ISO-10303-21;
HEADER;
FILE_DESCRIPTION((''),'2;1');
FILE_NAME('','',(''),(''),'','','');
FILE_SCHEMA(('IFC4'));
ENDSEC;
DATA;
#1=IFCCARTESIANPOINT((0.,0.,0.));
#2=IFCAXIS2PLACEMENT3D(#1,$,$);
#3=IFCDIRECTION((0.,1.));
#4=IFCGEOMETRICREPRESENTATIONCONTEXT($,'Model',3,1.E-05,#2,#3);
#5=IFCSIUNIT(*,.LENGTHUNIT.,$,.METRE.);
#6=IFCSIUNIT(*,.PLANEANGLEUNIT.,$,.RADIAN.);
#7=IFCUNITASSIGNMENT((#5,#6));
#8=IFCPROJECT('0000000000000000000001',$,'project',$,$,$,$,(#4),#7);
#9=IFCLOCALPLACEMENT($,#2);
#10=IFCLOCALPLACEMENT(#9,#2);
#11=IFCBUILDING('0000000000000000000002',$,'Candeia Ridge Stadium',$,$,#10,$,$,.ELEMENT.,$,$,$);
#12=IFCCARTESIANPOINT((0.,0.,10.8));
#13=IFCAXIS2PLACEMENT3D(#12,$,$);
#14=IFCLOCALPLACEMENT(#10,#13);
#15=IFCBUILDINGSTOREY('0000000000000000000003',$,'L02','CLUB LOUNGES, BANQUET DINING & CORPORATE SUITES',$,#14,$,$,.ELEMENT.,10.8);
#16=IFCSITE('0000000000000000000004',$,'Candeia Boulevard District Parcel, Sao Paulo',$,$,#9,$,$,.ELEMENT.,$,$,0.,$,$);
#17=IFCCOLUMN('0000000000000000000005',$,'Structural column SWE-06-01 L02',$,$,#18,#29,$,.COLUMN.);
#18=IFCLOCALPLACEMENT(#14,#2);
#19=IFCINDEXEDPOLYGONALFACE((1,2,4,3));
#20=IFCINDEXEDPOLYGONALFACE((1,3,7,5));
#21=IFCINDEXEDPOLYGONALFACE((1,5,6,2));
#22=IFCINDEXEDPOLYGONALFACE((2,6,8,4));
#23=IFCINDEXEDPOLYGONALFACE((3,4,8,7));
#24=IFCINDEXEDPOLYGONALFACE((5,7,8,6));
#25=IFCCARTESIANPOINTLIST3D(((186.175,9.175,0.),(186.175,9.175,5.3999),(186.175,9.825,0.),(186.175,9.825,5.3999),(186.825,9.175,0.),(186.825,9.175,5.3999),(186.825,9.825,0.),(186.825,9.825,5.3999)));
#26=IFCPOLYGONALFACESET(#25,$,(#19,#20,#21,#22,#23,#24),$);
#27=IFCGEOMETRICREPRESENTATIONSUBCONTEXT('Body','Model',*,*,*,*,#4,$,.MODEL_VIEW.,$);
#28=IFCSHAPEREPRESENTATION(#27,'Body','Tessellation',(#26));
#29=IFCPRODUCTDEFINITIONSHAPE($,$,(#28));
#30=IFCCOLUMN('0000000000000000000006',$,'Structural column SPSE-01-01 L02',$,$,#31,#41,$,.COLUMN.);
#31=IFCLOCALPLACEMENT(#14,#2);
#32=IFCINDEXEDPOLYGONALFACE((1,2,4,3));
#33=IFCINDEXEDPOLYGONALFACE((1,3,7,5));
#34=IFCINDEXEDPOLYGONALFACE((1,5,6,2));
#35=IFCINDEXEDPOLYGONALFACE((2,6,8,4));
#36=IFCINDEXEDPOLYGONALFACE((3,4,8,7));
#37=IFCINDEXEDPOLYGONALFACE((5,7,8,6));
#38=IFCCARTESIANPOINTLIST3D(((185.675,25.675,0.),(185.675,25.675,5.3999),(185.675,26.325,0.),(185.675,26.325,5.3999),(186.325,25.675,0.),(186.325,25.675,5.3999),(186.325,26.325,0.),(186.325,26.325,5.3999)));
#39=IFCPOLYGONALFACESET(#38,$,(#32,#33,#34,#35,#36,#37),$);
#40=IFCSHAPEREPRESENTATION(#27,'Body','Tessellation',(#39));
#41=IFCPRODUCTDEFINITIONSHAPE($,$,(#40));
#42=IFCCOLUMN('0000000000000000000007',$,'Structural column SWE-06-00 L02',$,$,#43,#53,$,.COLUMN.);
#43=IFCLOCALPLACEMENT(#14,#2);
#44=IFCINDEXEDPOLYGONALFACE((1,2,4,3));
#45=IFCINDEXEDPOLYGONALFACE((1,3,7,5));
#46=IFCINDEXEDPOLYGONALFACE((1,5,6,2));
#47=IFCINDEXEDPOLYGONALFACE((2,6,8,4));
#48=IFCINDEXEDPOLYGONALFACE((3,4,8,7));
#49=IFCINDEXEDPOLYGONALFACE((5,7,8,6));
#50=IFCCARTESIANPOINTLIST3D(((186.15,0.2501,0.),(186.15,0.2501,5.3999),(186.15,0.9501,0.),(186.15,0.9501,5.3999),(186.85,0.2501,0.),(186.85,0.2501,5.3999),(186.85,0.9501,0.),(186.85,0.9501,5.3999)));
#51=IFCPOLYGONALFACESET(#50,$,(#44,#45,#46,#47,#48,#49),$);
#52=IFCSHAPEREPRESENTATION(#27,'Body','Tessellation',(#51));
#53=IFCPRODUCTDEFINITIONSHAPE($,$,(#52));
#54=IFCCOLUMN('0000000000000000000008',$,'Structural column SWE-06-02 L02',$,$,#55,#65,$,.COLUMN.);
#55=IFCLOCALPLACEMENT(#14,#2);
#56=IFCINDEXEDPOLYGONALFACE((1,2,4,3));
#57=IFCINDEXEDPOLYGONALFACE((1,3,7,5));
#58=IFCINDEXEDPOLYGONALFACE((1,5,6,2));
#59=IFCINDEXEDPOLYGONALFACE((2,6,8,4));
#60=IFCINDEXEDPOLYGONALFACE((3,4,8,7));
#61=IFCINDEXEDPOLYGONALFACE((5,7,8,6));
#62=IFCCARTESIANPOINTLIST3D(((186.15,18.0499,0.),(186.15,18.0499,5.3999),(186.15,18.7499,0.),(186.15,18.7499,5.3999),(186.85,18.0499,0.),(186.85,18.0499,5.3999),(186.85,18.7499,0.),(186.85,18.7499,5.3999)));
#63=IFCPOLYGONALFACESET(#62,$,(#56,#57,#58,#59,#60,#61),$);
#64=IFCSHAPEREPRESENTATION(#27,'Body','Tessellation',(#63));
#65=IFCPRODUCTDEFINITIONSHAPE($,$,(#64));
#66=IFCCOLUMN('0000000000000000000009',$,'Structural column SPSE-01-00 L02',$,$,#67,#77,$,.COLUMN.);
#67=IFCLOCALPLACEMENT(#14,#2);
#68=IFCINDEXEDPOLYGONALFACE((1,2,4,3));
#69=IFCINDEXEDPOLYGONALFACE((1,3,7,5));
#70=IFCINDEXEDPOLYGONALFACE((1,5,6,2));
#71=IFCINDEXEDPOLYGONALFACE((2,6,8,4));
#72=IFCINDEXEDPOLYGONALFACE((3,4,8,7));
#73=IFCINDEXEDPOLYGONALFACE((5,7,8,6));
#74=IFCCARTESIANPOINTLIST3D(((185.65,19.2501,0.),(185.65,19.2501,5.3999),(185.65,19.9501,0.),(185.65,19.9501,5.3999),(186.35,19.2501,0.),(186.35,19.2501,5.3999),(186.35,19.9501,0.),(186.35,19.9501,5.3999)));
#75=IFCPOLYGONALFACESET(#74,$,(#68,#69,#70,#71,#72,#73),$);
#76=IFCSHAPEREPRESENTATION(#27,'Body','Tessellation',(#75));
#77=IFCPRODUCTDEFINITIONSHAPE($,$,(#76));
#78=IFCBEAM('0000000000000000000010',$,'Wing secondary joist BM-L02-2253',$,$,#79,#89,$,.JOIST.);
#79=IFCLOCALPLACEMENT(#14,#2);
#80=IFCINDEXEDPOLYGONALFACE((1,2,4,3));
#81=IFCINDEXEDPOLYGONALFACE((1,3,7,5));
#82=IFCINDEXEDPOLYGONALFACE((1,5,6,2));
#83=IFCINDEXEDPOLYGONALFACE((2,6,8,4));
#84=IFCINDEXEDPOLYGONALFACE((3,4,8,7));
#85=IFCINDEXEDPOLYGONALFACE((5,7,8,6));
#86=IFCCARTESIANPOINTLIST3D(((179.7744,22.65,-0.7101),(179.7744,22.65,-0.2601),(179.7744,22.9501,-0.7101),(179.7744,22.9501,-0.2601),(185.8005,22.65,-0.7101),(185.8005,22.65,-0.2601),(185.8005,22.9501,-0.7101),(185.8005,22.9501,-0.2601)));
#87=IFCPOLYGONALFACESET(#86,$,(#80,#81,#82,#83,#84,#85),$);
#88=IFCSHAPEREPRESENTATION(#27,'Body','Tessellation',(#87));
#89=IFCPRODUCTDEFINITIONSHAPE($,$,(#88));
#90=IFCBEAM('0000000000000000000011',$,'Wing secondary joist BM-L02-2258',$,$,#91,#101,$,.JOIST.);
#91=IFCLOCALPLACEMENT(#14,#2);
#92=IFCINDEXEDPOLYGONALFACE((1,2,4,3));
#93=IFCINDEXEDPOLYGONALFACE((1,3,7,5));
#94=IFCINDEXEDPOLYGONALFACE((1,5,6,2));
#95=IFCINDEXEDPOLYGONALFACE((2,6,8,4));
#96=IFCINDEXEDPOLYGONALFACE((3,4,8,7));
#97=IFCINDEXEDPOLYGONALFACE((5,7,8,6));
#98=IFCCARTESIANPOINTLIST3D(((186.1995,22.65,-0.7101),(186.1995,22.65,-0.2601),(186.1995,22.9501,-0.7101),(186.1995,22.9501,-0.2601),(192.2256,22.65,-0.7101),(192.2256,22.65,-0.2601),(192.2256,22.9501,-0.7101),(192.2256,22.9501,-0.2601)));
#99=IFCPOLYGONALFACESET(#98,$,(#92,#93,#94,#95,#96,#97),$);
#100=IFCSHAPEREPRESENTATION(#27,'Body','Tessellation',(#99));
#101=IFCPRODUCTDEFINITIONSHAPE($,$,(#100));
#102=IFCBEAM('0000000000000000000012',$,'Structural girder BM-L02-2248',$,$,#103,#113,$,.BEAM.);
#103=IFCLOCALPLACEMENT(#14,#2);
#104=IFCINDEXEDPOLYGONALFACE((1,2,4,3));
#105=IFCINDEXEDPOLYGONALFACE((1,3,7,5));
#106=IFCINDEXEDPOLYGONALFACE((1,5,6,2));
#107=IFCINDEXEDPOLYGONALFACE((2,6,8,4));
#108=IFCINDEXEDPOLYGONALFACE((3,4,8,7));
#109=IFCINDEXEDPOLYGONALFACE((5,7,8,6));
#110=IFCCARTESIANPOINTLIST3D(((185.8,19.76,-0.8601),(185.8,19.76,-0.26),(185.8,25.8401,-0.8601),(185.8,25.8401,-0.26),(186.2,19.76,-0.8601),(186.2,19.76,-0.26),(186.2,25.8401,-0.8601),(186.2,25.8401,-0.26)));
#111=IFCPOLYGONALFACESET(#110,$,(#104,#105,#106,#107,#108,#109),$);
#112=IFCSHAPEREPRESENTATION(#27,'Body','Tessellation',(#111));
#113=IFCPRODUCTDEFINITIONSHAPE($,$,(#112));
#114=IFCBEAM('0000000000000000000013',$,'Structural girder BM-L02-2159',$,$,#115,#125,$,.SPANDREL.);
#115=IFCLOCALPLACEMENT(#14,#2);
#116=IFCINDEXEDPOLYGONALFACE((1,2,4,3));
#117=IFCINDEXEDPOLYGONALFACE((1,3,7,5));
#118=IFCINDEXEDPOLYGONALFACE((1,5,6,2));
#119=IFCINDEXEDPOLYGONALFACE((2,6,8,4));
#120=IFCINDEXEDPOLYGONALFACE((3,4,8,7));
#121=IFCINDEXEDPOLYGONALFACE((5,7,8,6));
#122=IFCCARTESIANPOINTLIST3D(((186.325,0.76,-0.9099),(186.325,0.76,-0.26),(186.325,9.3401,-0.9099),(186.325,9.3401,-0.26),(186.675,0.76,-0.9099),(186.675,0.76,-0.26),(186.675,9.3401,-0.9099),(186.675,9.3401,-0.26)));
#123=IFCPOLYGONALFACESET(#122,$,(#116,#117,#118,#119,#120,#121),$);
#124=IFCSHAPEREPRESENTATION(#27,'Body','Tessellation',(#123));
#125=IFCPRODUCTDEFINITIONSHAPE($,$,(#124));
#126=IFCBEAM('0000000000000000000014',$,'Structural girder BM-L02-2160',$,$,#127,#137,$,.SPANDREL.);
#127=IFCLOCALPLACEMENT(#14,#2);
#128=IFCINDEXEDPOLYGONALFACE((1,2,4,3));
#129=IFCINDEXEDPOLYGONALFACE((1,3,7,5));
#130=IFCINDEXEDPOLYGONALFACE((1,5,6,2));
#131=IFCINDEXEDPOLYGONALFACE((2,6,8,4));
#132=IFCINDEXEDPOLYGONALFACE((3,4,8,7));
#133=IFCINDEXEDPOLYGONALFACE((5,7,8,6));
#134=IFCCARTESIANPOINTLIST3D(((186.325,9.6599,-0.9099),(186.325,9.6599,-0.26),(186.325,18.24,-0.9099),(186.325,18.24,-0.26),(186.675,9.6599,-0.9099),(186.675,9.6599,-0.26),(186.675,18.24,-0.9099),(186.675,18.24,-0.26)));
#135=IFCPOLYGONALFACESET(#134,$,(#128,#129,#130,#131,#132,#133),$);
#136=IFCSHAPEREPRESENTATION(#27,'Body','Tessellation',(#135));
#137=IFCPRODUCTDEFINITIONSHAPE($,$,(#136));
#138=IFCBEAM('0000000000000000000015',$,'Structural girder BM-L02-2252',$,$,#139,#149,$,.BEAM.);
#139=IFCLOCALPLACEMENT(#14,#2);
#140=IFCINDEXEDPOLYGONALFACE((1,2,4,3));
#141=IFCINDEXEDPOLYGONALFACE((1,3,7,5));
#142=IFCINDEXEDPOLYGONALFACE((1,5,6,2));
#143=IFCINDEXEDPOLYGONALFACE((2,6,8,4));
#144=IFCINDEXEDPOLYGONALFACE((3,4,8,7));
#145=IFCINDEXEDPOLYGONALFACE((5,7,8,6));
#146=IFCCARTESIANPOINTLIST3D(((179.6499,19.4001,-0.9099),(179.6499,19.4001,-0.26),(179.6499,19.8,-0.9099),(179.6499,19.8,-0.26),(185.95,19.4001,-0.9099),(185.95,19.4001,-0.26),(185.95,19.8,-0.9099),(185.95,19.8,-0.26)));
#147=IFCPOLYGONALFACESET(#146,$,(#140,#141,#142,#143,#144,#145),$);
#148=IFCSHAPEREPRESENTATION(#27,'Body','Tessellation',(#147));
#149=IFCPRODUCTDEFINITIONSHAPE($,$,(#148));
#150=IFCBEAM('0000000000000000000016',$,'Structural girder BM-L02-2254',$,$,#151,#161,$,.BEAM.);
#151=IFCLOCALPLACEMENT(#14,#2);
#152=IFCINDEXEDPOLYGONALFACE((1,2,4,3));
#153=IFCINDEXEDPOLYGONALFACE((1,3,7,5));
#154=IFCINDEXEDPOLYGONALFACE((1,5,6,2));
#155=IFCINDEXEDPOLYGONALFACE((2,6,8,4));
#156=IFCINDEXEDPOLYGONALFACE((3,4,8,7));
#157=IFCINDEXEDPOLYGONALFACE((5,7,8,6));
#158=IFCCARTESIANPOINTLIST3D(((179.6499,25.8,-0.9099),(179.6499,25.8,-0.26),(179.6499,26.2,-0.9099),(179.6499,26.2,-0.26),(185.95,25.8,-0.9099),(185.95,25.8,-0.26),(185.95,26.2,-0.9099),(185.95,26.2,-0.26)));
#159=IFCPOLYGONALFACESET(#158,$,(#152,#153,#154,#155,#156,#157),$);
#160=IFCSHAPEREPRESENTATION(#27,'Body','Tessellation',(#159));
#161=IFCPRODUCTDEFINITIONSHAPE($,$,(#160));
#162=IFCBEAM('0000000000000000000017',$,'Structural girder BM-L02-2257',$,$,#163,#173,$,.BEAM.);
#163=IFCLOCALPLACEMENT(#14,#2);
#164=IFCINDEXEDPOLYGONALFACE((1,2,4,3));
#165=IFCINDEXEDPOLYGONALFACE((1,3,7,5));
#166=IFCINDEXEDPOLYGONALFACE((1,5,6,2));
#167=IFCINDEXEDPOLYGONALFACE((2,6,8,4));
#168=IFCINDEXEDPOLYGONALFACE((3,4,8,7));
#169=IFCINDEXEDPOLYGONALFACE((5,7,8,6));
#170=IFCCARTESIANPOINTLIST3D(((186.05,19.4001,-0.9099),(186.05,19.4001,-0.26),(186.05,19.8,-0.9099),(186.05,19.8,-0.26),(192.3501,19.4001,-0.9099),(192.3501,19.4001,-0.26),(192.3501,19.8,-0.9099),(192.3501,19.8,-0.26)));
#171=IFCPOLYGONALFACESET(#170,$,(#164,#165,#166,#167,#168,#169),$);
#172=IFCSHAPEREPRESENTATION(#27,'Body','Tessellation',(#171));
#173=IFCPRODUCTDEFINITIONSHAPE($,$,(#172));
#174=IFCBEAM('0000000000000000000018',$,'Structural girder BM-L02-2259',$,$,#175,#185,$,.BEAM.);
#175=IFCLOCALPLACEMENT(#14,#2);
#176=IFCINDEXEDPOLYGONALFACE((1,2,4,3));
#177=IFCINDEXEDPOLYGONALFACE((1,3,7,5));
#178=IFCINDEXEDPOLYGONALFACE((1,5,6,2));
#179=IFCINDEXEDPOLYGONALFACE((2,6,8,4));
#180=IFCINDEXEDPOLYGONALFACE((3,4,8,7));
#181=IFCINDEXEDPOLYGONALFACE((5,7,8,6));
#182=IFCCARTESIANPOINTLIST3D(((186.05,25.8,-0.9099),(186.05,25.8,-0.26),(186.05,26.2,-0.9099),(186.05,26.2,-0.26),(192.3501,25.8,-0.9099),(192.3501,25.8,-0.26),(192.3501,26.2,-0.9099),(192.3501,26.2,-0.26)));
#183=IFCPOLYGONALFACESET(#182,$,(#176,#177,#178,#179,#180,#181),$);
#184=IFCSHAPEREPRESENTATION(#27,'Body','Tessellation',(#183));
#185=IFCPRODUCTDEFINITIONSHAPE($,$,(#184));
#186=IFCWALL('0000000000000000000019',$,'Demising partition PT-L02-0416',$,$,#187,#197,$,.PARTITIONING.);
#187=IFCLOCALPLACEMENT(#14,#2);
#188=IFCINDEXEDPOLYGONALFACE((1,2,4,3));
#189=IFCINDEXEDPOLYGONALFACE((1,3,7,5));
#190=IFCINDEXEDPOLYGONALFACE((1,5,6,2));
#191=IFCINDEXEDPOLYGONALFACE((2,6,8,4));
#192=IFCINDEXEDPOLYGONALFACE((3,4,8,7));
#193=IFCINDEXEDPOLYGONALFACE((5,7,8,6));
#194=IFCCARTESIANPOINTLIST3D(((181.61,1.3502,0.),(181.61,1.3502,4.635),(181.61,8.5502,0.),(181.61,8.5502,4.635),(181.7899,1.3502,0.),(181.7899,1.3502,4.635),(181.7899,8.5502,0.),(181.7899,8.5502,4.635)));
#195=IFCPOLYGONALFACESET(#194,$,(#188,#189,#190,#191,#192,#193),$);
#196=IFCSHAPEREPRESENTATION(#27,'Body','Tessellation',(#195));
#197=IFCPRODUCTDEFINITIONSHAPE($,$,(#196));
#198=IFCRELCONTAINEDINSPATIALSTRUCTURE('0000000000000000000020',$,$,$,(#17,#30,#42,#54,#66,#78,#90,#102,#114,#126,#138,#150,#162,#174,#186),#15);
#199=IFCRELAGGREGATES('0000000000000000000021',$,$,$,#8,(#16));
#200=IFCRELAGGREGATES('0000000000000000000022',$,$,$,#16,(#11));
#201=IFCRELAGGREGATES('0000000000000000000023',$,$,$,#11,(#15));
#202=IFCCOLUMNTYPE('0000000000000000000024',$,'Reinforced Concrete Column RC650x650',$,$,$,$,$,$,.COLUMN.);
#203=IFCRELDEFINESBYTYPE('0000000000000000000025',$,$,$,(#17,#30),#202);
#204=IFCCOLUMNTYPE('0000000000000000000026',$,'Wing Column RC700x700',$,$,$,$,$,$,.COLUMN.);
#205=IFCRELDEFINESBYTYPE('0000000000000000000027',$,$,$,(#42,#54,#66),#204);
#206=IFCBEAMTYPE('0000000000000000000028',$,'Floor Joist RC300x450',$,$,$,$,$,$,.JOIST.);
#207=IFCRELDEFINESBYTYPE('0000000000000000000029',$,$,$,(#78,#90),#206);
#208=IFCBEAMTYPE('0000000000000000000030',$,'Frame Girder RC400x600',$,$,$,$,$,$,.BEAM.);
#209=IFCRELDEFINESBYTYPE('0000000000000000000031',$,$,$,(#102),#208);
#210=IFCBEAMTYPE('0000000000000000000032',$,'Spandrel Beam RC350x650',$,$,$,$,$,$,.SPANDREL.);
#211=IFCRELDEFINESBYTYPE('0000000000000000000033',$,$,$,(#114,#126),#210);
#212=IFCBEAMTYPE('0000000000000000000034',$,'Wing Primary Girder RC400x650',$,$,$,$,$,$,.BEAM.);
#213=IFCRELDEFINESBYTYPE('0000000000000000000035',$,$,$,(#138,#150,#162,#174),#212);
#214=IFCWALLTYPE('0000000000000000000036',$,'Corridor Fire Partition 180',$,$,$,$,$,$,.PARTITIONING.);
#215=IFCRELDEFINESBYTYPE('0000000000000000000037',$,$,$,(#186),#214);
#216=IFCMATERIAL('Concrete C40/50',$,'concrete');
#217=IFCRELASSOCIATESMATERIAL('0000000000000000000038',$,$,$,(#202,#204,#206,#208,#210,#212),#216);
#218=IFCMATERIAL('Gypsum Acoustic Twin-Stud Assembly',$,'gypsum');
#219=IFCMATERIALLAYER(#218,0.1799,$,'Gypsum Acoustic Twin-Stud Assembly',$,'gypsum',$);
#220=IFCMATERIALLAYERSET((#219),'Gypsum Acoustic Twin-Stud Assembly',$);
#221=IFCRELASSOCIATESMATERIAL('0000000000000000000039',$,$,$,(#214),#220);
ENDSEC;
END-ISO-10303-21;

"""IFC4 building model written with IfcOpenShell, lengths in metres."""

from ifc_helpers import new_model, si_unit, direction, frame, frame_2d, origin, origin_2d, place, context, subcontext, project, spatial, rectangle, extrude, material, layer, layer_set, material_profile, profile_set, type_object, element, save


model = new_model("IFC4")

# Units and contexts
model_context = context("Model", 3, precision=1e-05, world=origin(), true_north=direction((0.0, 1.0)))
body_context = subcontext(model_context, "Body", "Model", "MODEL_VIEW")
ifc_project = project(units=[si_unit("LENGTHUNIT", "METRE"), si_unit("PLANEANGLEUNIT", "RADIAN")], contexts=[model_context])

# Site, building, storey
site_placement = place(None, origin())
site = spatial("IfcSite", under=ifc_project, at=site_placement, Name="Candeia Boulevard District Parcel, Sao Paulo", CompositionType="ELEMENT", RefElevation=0.0)
building_placement = place(site_placement, origin())
building = spatial("IfcBuilding", under=site, at=building_placement, Name="Candeia Ridge Stadium", CompositionType="ELEMENT")
storey_placement = place(building_placement, frame((0.0, 0.0, 10.8)))
storey = spatial("IfcBuildingStorey", under=building, at=storey_placement, Name="L02", Description="CLUB LOUNGES, BANQUET DINING & CORPORATE SUITES", CompositionType="ELEMENT", Elevation=10.8)

# Columns
ifc_material_1 = material(Name="Concrete C40/50", Category="concrete")
ifc_material_profile_1 = material_profile(ifc_material_1, rectangle(XDim=0.6499, YDim=0.6499, at=origin_2d()), Name="RC650x650", Category="concrete")
ifc_profile_set_1 = profile_set([ifc_material_profile_1], Name="Concrete C40/50")
column_type_1 = type_object("IfcColumnType", Name="Reinforced Concrete Column RC650x650", PredefinedType="COLUMN", material=ifc_profile_set_1)
for number, where, z_axis, x_axis, name in (
    (1, (186.5, 9.5, 0.0), (0.0, 0.0, 1.0), (1.0, 0.0, 0.0), "Structural column SWE-06-01 L02"),
    (2, (186.0, 26.0, 0.0), (0.0, 0.0, 1.0), (1.0, 0.0, 0.0), "Structural column SPSE-01-01 L02"),
):
    element("IfcColumn", number, at=place(storey_placement, frame(where, z_axis=z_axis, x_axis=x_axis)), inside=storey, type_object=column_type_1, Name=name, PredefinedType="COLUMN", context=body_context, shape_type="SweptSolid", body=[
        extrude(rectangle(XDim=0.6499, YDim=0.6499, at=origin_2d()), origin(), (0.0, 0.0, 1.0), 5.3999),
    ])
ifc_material_profile_2 = material_profile(ifc_material_1, rectangle(XDim=0.7, YDim=0.7, at=origin_2d()), Name="RC700x700", Category="concrete")
ifc_profile_set_2 = profile_set([ifc_material_profile_2], Name="Concrete C40/50")
column_type_2 = type_object("IfcColumnType", Name="Wing Column RC700x700", PredefinedType="COLUMN", material=ifc_profile_set_2)
for number, where, z_axis, x_axis, name in (
    (3, (186.5, 0.6001, 0.0), (0.0, 0.0, 1.0), (1.0, 0.0, 0.0), "Structural column SWE-06-00 L02"),
    (4, (186.5, 18.3999, 0.0), (0.0, 0.0, 1.0), (1.0, 0.0, 0.0), "Structural column SWE-06-02 L02"),
    (5, (186.0, 19.6001, 0.0), (0.0, 0.0, 1.0), (1.0, 0.0, 0.0), "Structural column SPSE-01-00 L02"),
):
    element("IfcColumn", number, at=place(storey_placement, frame(where, z_axis=z_axis, x_axis=x_axis)), inside=storey, type_object=column_type_2, Name=name, PredefinedType="COLUMN", context=body_context, shape_type="SweptSolid", body=[
        extrude(rectangle(XDim=0.7, YDim=0.7, at=origin_2d()), origin(), (0.0, 0.0, 1.0), 5.3999),
    ])

# Beams
ifc_material_profile_3 = material_profile(ifc_material_1, rectangle(XDim=0.3, YDim=0.45, at=origin_2d()), Name="RC300x450", Category="concrete")
ifc_profile_set_3 = profile_set([ifc_material_profile_3], Name="Concrete C40/50")
beam_type_1 = type_object("IfcBeamType", Name="Floor Joist RC300x450", PredefinedType="JOIST", material=ifc_profile_set_3)
for number, where, z_axis, x_axis, name in (
    (6, (179.7744, 22.8, -0.4851), (1.0, 0.0, 0.0), (0.0, 1.0, 0.0), "Wing secondary joist BM-L02-2253"),
    (7, (186.1995, 22.8, -0.4851), (1.0, 0.0, 0.0), (0.0, 1.0, 0.0), "Wing secondary joist BM-L02-2258"),
):
    element("IfcBeam", number, at=place(storey_placement, frame(where, z_axis=z_axis, x_axis=x_axis)), inside=storey, type_object=beam_type_1, Name=name, PredefinedType="JOIST", context=body_context, shape_type="SweptSolid", body=[
        extrude(rectangle(XDim=0.3, YDim=0.45, at=origin_2d()), origin(), (0.0, 0.0, 1.0), 6.0261),
    ])
ifc_material_profile_4 = material_profile(ifc_material_1, rectangle(XDim=0.3999, YDim=0.6001, at=origin_2d()), Name="RC400x600", Category="concrete")
ifc_profile_set_4 = profile_set([ifc_material_profile_4], Name="Concrete C40/50")
beam_type_2 = type_object("IfcBeamType", Name="Frame Girder RC400x600", PredefinedType="BEAM", material=ifc_profile_set_4)
beam_placement = place(storey_placement, frame((186.0, 19.76, -0.5601), z_axis=(0.0, 1.0, 0.0), x_axis=(-1.0, 0.0, 0.0)))
element("IfcBeam", 8, at=beam_placement, inside=storey, type_object=beam_type_2, Name="Structural girder BM-L02-2248", PredefinedType="BEAM", context=body_context, shape_type="SweptSolid", body=[
    extrude(rectangle(XDim=0.3999, YDim=0.6001, at=origin_2d()), origin(), (0.0, 0.0, 1.0), 6.0801),
])
ifc_material_profile_5 = material_profile(ifc_material_1, rectangle(XDim=0.3501, YDim=0.6499, at=origin_2d()), Name="RC350x650", Category="concrete")
ifc_profile_set_5 = profile_set([ifc_material_profile_5], Name="Concrete C40/50")
beam_type_3 = type_object("IfcBeamType", Name="Spandrel Beam RC350x650", PredefinedType="SPANDREL", material=ifc_profile_set_5)
for number, where, z_axis, x_axis, name in (
    (9, (186.5, 0.76, -0.585), (0.0, 1.0, 0.0), (-1.0, 0.0, 0.0), "Structural girder BM-L02-2159"),
    (10, (186.5, 9.6599, -0.585), (0.0, 1.0, 0.0), (-1.0, 0.0, 0.0), "Structural girder BM-L02-2160"),
):
    element("IfcBeam", number, at=place(storey_placement, frame(where, z_axis=z_axis, x_axis=x_axis)), inside=storey, type_object=beam_type_3, Name=name, PredefinedType="SPANDREL", context=body_context, shape_type="SweptSolid", body=[
        extrude(rectangle(XDim=0.3501, YDim=0.6499, at=origin_2d()), origin(), (0.0, 0.0, 1.0), 8.5801),
    ])
ifc_material_profile_6 = material_profile(ifc_material_1, rectangle(XDim=0.3999, YDim=0.6499, at=origin_2d()), Name="RC400x650", Category="concrete")
ifc_profile_set_6 = profile_set([ifc_material_profile_6], Name="Concrete C40/50")
beam_type_4 = type_object("IfcBeamType", Name="Wing Primary Girder RC400x650", PredefinedType="BEAM", material=ifc_profile_set_6)
for number, where, z_axis, x_axis, name in (
    (11, (179.6499, 19.6001, -0.585), (1.0, 0.0, 0.0), (0.0, 1.0, 0.0), "Structural girder BM-L02-2252"),
    (12, (179.6499, 26.0, -0.585), (1.0, 0.0, 0.0), (0.0, 1.0, 0.0), "Structural girder BM-L02-2254"),
    (13, (186.05, 19.6001, -0.585), (1.0, 0.0, 0.0), (0.0, 1.0, 0.0), "Structural girder BM-L02-2257"),
    (14, (186.05, 26.0, -0.585), (1.0, 0.0, 0.0), (0.0, 1.0, 0.0), "Structural girder BM-L02-2259"),
):
    element("IfcBeam", number, at=place(storey_placement, frame(where, z_axis=z_axis, x_axis=x_axis)), inside=storey, type_object=beam_type_4, Name=name, PredefinedType="BEAM", context=body_context, shape_type="SweptSolid", body=[
        extrude(rectangle(XDim=0.3999, YDim=0.6499, at=origin_2d()), origin(), (0.0, 0.0, 1.0), 6.3),
    ])

# Wall
ifc_material_2 = material(Name="Gypsum Acoustic Twin-Stud Assembly", Category="gypsum")
ifc_layer_1 = layer(ifc_material_2, 0.1799, Name="Gypsum Acoustic Twin-Stud Assembly", Category="gypsum")
ifc_layer_set_1 = layer_set([ifc_layer_1], Name="Gypsum Acoustic Twin-Stud Assembly")
wall_type_1 = type_object("IfcWallType", Name="Corridor Fire Partition 180", PredefinedType="PARTITIONING", material=ifc_layer_set_1)
wall_1_placement = place(storey_placement, frame((181.7, 1.3501, 0.0), z_axis=(0.0, 0.0, 1.0), x_axis=(0.0, 1.0, 0.0)))
element("IfcWall", 15, at=wall_1_placement, inside=storey, type_object=wall_type_1, Name="Demising partition PT-L02-0416", PredefinedType="PARTITIONING", context=body_context, shape_type="SweptSolid", body=[
    extrude(rectangle(XDim=7.2, YDim=0.1799, at=frame_2d((3.6001, 0.0))), origin(), (0.0, 0.0, 1.0), 4.635),
])

save(model, "model.ifc")
